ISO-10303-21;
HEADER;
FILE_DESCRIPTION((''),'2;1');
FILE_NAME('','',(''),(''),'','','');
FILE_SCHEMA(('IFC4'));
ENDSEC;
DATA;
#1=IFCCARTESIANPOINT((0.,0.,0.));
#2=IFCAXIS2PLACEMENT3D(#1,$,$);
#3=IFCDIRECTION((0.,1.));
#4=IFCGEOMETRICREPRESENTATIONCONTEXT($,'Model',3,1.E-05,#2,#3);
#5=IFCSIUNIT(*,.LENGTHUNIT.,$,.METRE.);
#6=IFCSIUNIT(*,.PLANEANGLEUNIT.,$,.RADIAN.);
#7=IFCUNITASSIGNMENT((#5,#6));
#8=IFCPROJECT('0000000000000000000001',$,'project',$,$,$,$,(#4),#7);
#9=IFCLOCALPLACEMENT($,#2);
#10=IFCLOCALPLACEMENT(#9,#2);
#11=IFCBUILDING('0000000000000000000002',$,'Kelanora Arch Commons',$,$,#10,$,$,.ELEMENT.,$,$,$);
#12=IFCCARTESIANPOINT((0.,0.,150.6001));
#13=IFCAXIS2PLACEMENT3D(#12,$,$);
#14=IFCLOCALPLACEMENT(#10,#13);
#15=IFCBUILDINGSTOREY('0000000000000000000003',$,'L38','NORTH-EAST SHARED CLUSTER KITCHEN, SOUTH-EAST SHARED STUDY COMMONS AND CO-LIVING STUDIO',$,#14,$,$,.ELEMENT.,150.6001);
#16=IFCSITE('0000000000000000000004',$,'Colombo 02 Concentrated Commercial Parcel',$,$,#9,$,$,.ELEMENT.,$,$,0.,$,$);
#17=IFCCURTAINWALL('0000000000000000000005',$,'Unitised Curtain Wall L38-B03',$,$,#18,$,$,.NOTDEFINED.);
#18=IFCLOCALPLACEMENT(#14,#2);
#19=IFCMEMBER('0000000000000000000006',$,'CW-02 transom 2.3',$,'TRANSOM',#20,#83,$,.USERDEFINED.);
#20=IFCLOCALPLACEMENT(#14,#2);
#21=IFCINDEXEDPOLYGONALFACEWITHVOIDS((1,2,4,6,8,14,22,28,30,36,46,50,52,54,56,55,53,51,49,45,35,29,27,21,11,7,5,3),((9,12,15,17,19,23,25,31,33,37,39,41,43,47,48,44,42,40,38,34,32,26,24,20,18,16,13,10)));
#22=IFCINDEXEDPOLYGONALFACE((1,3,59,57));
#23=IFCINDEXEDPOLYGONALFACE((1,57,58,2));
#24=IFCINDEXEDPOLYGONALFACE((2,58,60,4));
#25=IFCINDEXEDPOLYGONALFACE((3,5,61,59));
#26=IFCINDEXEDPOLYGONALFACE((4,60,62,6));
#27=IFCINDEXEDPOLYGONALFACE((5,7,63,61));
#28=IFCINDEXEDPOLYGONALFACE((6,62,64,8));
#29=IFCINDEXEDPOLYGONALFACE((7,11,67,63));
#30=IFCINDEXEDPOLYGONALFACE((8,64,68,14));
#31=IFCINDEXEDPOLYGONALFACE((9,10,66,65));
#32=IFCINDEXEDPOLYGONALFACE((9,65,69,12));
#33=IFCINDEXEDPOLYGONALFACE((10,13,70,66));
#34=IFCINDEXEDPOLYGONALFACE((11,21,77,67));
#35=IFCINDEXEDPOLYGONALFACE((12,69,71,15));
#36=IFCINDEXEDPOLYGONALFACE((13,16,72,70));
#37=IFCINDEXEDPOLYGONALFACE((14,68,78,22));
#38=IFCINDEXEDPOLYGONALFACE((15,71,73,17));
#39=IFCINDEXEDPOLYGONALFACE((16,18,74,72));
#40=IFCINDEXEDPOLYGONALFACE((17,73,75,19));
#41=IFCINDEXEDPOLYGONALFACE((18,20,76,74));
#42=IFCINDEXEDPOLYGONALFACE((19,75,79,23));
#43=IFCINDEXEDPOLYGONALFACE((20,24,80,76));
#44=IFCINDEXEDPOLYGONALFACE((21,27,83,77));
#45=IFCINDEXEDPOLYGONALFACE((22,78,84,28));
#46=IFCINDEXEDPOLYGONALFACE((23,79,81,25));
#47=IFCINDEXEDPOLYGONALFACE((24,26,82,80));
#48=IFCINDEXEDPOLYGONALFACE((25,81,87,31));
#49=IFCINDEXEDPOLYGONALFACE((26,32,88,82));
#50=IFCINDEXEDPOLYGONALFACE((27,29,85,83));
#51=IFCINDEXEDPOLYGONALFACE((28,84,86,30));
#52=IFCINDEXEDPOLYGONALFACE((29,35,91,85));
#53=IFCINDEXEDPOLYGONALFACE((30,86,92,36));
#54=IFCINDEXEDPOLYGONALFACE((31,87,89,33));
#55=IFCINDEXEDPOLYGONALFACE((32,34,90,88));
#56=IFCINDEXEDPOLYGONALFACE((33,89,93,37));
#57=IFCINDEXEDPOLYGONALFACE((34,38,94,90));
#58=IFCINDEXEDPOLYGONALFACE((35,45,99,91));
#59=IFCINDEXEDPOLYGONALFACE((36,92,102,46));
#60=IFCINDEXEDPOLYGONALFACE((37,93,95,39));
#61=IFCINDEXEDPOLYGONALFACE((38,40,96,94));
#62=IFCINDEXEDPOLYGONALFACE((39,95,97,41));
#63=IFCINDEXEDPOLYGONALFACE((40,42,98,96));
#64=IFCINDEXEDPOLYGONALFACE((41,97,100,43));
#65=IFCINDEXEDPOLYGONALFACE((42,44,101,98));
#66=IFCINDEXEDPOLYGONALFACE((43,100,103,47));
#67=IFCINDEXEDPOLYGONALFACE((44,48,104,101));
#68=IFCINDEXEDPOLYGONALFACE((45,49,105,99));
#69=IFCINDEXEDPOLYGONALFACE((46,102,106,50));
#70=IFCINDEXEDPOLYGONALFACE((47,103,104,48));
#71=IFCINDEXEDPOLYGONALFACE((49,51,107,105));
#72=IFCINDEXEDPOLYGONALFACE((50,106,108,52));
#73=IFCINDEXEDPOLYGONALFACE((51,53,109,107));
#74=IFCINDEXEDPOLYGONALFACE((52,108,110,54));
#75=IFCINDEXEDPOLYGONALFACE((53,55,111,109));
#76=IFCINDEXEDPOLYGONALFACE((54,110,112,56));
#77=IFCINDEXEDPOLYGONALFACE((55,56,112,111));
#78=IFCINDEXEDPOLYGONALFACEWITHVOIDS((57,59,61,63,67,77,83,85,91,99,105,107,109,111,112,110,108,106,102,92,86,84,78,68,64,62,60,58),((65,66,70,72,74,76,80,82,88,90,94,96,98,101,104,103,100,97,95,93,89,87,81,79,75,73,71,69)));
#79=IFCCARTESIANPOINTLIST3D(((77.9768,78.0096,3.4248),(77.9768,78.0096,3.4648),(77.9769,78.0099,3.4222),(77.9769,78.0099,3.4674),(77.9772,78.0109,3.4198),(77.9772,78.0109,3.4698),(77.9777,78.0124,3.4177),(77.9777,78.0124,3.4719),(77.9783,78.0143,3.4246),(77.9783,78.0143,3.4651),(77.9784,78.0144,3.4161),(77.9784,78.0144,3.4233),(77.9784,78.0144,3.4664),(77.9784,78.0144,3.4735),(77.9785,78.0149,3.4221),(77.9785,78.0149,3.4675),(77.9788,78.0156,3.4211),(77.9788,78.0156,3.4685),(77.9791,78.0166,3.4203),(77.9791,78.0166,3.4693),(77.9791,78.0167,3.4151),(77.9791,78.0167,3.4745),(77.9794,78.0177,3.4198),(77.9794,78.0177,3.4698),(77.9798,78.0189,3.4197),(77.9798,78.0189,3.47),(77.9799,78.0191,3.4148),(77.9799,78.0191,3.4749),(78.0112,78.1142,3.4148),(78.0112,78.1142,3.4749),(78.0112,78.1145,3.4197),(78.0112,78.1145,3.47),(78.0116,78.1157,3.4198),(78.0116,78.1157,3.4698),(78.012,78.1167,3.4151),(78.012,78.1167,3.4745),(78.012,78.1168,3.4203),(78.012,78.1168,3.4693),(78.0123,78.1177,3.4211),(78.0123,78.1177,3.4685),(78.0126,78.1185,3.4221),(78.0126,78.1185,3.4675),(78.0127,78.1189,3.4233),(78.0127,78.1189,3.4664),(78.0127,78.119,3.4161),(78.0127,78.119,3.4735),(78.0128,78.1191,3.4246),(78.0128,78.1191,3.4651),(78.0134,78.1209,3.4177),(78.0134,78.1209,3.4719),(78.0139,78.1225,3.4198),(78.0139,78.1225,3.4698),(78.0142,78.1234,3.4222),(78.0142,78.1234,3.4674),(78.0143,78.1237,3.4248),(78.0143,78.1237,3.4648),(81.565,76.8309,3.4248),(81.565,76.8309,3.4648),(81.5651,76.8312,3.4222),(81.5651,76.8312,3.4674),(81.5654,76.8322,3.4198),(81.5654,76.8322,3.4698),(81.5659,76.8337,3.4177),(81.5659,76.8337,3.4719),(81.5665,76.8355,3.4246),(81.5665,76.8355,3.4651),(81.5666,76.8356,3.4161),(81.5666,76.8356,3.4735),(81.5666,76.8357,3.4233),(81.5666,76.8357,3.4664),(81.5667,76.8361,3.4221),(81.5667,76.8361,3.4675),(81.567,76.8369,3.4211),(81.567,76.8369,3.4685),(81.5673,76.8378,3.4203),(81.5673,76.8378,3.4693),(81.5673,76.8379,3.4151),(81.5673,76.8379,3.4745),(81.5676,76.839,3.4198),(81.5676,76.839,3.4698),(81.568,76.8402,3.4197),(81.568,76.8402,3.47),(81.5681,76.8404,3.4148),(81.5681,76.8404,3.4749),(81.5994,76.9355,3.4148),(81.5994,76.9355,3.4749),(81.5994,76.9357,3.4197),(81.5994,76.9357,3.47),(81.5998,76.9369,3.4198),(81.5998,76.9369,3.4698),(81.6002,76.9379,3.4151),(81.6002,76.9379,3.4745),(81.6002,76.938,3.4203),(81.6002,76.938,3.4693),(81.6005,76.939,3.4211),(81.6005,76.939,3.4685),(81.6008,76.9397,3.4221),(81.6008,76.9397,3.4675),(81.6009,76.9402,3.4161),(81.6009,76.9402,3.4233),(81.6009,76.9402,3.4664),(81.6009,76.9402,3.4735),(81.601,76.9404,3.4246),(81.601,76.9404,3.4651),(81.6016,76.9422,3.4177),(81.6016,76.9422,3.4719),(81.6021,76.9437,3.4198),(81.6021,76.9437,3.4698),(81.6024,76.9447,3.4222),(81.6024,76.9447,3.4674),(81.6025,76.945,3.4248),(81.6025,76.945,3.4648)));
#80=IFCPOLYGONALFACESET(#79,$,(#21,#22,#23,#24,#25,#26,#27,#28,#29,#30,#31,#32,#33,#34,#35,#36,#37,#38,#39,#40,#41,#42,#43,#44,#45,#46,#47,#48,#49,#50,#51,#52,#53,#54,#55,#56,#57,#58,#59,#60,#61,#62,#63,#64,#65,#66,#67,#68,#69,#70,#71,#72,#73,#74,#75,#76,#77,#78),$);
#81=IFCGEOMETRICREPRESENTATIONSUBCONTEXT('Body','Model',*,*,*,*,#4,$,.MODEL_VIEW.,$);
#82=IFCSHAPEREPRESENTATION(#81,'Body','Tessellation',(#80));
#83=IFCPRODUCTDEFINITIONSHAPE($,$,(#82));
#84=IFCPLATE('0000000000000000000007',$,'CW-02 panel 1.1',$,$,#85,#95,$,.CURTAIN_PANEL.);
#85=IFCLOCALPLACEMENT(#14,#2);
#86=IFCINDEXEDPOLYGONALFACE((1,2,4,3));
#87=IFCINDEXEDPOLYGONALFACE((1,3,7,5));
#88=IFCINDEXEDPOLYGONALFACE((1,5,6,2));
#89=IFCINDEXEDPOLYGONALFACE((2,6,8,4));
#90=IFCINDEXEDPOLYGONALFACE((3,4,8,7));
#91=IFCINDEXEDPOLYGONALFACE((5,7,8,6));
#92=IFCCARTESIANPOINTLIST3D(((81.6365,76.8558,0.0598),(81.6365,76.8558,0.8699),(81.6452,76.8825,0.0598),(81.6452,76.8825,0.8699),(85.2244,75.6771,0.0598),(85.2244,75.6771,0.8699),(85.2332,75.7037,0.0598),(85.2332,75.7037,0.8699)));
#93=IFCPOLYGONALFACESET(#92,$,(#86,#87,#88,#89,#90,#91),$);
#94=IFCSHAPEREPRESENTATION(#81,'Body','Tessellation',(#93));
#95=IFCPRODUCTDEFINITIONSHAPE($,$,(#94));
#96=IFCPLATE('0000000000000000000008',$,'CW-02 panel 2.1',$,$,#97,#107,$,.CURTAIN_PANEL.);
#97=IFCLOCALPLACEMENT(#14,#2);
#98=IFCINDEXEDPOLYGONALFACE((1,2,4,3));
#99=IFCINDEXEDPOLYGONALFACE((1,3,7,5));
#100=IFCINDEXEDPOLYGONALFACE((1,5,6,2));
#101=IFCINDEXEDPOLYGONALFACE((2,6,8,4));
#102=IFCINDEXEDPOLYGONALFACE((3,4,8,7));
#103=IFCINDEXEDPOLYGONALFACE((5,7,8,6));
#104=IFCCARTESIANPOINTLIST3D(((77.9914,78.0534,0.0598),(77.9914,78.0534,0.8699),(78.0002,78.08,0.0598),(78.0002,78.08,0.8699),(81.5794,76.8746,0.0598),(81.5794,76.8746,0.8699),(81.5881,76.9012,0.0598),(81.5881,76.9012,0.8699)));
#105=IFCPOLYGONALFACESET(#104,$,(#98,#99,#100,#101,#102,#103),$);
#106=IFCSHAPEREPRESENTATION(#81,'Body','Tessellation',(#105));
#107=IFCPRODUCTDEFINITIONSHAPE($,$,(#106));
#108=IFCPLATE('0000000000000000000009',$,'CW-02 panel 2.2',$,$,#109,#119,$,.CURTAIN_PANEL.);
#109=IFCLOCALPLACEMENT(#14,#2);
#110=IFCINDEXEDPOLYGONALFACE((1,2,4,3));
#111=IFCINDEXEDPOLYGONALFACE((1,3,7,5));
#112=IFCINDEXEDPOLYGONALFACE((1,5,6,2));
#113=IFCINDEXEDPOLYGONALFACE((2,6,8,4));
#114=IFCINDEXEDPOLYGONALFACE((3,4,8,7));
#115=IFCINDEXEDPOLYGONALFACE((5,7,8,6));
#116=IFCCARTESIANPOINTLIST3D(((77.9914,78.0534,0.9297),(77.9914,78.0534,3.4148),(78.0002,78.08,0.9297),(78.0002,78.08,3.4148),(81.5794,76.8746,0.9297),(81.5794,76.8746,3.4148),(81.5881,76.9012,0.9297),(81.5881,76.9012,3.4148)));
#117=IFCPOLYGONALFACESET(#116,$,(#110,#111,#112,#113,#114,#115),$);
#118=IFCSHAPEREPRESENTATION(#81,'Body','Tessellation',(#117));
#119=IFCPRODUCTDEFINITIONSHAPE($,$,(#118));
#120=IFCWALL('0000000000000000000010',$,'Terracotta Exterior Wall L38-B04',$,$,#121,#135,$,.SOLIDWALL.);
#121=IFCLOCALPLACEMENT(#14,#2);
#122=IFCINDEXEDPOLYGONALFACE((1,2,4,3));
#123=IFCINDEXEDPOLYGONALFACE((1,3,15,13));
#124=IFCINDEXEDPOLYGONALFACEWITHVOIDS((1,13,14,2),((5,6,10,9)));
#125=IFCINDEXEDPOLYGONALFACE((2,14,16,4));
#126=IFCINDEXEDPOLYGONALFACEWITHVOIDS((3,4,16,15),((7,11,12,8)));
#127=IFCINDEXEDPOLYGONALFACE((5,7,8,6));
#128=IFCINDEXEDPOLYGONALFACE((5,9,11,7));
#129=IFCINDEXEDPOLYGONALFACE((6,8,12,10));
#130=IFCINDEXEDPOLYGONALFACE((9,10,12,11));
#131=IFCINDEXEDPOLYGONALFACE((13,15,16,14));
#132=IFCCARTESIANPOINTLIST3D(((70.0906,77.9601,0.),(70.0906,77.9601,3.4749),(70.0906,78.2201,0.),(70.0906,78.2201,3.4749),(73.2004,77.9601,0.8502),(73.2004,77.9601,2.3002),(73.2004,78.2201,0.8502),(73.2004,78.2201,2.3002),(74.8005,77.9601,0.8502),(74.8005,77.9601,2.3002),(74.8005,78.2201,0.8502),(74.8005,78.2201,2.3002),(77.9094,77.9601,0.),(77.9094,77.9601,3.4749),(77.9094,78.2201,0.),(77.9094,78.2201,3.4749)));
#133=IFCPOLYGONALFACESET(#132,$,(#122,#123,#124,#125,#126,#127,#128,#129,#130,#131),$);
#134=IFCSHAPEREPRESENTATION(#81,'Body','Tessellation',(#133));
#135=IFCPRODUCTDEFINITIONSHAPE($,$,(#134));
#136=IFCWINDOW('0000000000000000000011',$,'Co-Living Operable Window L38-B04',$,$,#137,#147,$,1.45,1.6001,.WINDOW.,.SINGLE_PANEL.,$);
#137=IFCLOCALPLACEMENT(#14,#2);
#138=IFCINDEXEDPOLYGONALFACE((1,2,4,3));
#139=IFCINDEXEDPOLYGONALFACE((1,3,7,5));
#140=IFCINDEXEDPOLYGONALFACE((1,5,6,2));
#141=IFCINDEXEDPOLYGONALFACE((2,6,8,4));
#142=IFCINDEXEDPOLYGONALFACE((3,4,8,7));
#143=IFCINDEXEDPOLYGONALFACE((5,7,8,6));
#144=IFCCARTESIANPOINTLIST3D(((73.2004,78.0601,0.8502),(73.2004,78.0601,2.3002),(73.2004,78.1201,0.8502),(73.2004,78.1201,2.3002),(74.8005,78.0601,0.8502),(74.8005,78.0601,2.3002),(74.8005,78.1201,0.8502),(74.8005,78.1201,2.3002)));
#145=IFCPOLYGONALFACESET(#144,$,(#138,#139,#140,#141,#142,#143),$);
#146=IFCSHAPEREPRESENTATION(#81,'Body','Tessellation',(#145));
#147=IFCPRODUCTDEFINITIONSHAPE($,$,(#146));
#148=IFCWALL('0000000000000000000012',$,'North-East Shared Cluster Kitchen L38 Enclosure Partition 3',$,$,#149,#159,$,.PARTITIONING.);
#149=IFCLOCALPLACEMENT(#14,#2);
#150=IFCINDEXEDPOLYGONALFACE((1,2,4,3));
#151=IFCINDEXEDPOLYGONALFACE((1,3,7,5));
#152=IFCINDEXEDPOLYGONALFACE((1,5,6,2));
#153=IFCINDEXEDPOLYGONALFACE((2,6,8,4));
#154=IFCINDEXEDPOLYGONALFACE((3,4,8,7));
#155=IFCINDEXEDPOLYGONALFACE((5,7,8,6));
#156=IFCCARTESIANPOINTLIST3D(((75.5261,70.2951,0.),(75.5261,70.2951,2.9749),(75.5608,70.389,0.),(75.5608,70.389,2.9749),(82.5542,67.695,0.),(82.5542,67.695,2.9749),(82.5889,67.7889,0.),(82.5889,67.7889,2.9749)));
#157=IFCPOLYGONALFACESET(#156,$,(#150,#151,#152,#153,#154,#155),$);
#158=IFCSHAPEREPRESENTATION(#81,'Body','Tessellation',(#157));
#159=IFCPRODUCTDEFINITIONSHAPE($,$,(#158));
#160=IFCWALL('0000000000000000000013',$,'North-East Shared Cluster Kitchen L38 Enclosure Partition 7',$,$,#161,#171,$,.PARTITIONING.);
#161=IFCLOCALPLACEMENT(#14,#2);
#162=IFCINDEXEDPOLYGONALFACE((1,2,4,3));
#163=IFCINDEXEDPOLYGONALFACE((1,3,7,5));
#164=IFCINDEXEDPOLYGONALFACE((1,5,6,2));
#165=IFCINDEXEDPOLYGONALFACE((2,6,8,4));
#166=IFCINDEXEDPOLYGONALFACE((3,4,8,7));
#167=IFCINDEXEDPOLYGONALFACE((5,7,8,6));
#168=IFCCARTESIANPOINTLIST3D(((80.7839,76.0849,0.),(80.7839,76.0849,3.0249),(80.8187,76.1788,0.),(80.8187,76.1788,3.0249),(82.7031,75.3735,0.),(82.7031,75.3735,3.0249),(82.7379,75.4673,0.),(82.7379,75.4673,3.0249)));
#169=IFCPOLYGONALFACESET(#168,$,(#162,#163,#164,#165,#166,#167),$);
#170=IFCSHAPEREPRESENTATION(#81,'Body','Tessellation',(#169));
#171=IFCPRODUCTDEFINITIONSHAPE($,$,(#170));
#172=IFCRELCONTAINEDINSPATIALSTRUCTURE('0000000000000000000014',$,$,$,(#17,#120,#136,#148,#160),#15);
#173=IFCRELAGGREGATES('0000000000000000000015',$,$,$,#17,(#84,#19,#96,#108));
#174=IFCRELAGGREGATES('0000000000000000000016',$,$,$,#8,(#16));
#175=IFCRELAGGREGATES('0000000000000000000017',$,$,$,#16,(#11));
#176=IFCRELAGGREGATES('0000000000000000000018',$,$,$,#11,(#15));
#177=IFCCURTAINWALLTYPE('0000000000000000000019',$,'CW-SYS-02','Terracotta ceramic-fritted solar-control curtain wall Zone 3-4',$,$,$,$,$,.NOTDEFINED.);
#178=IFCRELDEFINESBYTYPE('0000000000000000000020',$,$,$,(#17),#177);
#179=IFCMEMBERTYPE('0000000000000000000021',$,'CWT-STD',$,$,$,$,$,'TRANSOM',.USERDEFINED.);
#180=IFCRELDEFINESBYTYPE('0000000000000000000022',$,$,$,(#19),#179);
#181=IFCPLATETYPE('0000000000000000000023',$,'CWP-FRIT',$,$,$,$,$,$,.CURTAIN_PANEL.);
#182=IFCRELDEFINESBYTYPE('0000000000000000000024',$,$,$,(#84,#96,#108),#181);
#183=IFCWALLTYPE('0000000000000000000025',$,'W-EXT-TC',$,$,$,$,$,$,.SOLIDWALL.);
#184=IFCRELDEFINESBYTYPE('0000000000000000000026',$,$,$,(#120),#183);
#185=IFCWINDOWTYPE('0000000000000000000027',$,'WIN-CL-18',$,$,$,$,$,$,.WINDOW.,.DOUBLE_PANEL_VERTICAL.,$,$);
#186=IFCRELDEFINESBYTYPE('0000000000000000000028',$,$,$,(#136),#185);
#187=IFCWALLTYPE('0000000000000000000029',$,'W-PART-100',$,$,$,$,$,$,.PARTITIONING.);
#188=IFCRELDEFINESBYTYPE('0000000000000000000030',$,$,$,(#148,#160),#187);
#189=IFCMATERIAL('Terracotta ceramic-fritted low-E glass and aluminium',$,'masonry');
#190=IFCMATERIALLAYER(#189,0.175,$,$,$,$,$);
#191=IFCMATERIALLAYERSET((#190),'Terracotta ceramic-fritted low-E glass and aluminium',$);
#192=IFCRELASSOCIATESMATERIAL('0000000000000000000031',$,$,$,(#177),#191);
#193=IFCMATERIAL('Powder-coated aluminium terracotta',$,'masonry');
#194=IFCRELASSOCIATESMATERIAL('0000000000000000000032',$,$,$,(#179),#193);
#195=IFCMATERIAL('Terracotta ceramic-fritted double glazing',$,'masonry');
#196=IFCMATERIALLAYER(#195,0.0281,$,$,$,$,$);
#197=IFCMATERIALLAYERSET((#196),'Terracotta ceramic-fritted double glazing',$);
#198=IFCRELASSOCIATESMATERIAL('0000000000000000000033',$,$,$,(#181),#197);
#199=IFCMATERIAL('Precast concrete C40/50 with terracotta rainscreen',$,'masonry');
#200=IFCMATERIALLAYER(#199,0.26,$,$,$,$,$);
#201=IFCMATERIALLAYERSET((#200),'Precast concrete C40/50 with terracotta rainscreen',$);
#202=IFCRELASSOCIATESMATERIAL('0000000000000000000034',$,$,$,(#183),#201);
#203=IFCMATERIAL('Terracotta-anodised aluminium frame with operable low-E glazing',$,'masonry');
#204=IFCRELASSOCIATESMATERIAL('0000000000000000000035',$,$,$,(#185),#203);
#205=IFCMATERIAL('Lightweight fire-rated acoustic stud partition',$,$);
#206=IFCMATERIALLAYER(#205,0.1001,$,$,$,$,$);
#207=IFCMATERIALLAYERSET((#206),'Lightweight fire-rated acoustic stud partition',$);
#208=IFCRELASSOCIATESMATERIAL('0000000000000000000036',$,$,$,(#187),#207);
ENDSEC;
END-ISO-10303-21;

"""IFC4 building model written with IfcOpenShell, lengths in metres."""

from ifc_helpers import new_model, si_unit, direction, frame, frame_2d, origin, origin_2d, place, context, subcontext, project, spatial, rectangle, hollow_rectangle, extrude, source, transform, mapped, material, layer, layer_set, material_profile, profile_set, type_object, element, fill, aggregate, save


model = new_model("IFC4")

# Units and contexts
model_context = context("Model", 3, precision=1e-05, world=origin(), true_north=direction((0.0, 1.0)))
body_context = subcontext(model_context, "Body", "Model", "MODEL_VIEW")
ifc_project = project(units=[si_unit("LENGTHUNIT", "METRE"), si_unit("PLANEANGLEUNIT", "RADIAN")], contexts=[model_context])

# Site, building, storey
site_placement = place(None, origin())
site = spatial("IfcSite", under=ifc_project, at=site_placement, Name="Colombo 02 Concentrated Commercial Parcel", CompositionType="ELEMENT", RefElevation=0.0)
building_placement = place(site_placement, origin())
building = spatial("IfcBuilding", under=site, at=building_placement, Name="Kelanora Arch Commons", CompositionType="ELEMENT")
storey_placement = place(building_placement, frame((0.0, 0.0, 150.6001)))
storey = spatial("IfcBuildingStorey", under=building, at=storey_placement, Name="L38", Description="NORTH-EAST SHARED CLUSTER KITCHEN, SOUTH-EAST SHARED STUDY COMMONS AND CO-LIVING STUDIO", CompositionType="ELEMENT", Elevation=150.6001)

# Curtain wall, member, plates
ifc_material_1 = material(Name="Terracotta ceramic-fritted low-E glass and aluminium", Category="masonry")
ifc_layer_1 = layer(ifc_material_1, 0.175)
ifc_layer_set_1 = layer_set([ifc_layer_1], Name="Terracotta ceramic-fritted low-E glass and aluminium")
curtain_wall_type = type_object("IfcCurtainWallType", Name="CW-SYS-02", Description="Terracotta ceramic-fritted solar-control curtain wall Zone 3-4", PredefinedType="NOTDEFINED", material=ifc_layer_set_1)
curtain_wall_placement = place(storey_placement, origin())
curtain_wall = element("IfcCurtainWall", 1, at=curtain_wall_placement, inside=storey, type_object=curtain_wall_type, Name="Unitised Curtain Wall L38-B03", PredefinedType="NOTDEFINED")
ifc_material_2 = material(Name="Powder-coated aluminium terracotta", Category="masonry")
ifc_material_profile_1 = material_profile(ifc_material_2, hollow_rectangle(XDim=0.1201, YDim=0.0601, WallThickness=0.0049, InnerFilletRadius=0.0049, OuterFilletRadius=0.01, at=origin_2d()), Name="CWT120x60")
ifc_profile_set_1 = profile_set([ifc_material_profile_1], Name="Powder-coated aluminium terracotta")
member_type_1 = type_object("IfcMemberType", Name="CWT-STD", ElementType="TRANSOM", PredefinedType="USERDEFINED", material=ifc_profile_set_1)
member_1_placement = place(storey_placement, frame((81.5837, 76.8879, 3.4448), z_axis=(-0.950051, 0.312094, 0.0), x_axis=(-0.312094, -0.950051, 0.0)))
member_1 = element("IfcMember", 2, at=member_1_placement, type_object=member_type_1, Name="CW-02 transom 2.3", ObjectType="TRANSOM", PredefinedType="USERDEFINED", context=body_context, shape_type="SweptSolid", body=[
    extrude(hollow_rectangle(XDim=0.1201, YDim=0.0601, WallThickness=0.0049, InnerFilletRadius=0.0049, OuterFilletRadius=0.01, at=origin_2d()), origin(), (0.0, 0.0, 1.0), 3.7769),
])
ifc_material_3 = material(Name="Terracotta ceramic-fritted double glazing", Category="masonry")
ifc_layer_2 = layer(ifc_material_3, 0.0281)
ifc_layer_set_2 = layer_set([ifc_layer_2], Name="Terracotta ceramic-fritted double glazing")
plate_type = type_object("IfcPlateType", Name="CWP-FRIT", PredefinedType="CURTAIN_PANEL", material=ifc_layer_set_2)
shared_shape_1 = source(origin(), body_context, "Body", "SweptSolid", [
    extrude(rectangle(XDim=3.7766, YDim=0.0281, at=origin_2d()), origin(), (0.0, 0.0, 1.0), 0.8101),
])
plate_1_placement = place(storey_placement, frame((83.4348, 76.2798, 0.0598), z_axis=(0.0, 0.0, 1.0), x_axis=(-0.95004, 0.312128, 0.0)))
plate_1 = element("IfcPlate", 3, at=plate_1_placement, type_object=plate_type, Name="CW-02 panel 1.1", PredefinedType="CURTAIN_PANEL", context=body_context, shape_type="MappedRepresentation", body=[
    mapped(shared_shape_1, transform((0.0, 0.0, 0.0), scale=1.0)),
])
plate_2_placement = place(storey_placement, frame((79.7898, 77.4773, 0.0598), z_axis=(0.0, 0.0, 1.0), x_axis=(-0.95004, 0.312128, 0.0)))
plate_2 = element("IfcPlate", 4, at=plate_2_placement, type_object=plate_type, Name="CW-02 panel 2.1", PredefinedType="CURTAIN_PANEL", context=body_context, shape_type="MappedRepresentation", body=[
    mapped(shared_shape_1, transform((0.0, 0.0, 0.0), scale=1.0)),
])
shared_shape_2 = source(origin(), body_context, "Body", "SweptSolid", [
    extrude(rectangle(XDim=3.7766, YDim=0.0281, at=origin_2d()), origin(), (0.0, 0.0, 1.0), 2.4851),
])
plate_3_placement = place(storey_placement, frame((79.7898, 77.4773, 0.9297), z_axis=(0.0, 0.0, 1.0), x_axis=(-0.95004, 0.312128, 0.0)))
plate_3 = element("IfcPlate", 5, at=plate_3_placement, type_object=plate_type, Name="CW-02 panel 2.2", PredefinedType="CURTAIN_PANEL", context=body_context, shape_type="MappedRepresentation", body=[
    mapped(shared_shape_2, transform((0.0, 0.0, 0.0), scale=1.0)),
])
aggregate(curtain_wall, [plate_1, member_1, plate_2, plate_3])

# Wall, opening, window
ifc_material_4 = material(Name="Precast concrete C40/50 with terracotta rainscreen", Category="masonry")
ifc_layer_3 = layer(ifc_material_4, 0.26)
ifc_layer_set_3 = layer_set([ifc_layer_3], Name="Precast concrete C40/50 with terracotta rainscreen")
wall_type_1 = type_object("IfcWallType", Name="W-EXT-TC", PredefinedType="SOLIDWALL", material=ifc_layer_set_3)
wall_1_placement = place(storey_placement, frame((77.9094, 78.0901, 0.0), z_axis=(0.0, 0.0, 1.0), x_axis=(-1.0, 0.0, 0.0)))
wall_1 = element("IfcWall", 6, at=wall_1_placement, inside=storey, type_object=wall_type_1, Name="Terracotta Exterior Wall L38-B04", PredefinedType="SOLIDWALL", context=body_context, shape_type="SweptSolid", body=[
    extrude(rectangle(XDim=7.8188, YDim=0.26, at=frame_2d((3.9094, 0.0))), origin(), (0.0, 0.0, 1.0), 3.4749),
])
opening_1_placement = place(wall_1_placement, frame((3.1089, 0.0, 0.8501)))
opening_1 = element("IfcOpeningElement", 7, at=opening_1_placement, cuts=wall_1, PredefinedType="OPENING", context=body_context, shape_type="SweptSolid", body=[
    extrude(rectangle(XDim=1.6001, YDim=1.45, at=frame_2d((0.8, 0.7251))), frame((0.0, 0.1401, 0.0), z_axis=(0.0, -1.0, 0.0), x_axis=(1.0, 0.0, 0.0)), (0.0, 0.0, 1.0), 0.28),
])
ifc_material_5 = material(Name="Terracotta-anodised aluminium frame with operable low-E glazing", Category="masonry")
window_type = type_object("IfcWindowType", Name="WIN-CL-18", PartitioningType="DOUBLE_PANEL_VERTICAL", PredefinedType="WINDOW", material=ifc_material_5)
window_placement = place(opening_1_placement, origin())
window = element("IfcWindow", 8, at=window_placement, inside=storey, type_object=window_type, Name="Co-Living Operable Window L38-B04", OverallHeight=1.45, OverallWidth=1.6001, PartitioningType="SINGLE_PANEL", PredefinedType="WINDOW", context=body_context, shape_type="SweptSolid", body=[
    extrude(rectangle(XDim=1.6001, YDim=1.45, at=frame_2d((0.8, 0.7251))), frame((0.0, 0.03, 0.0), z_axis=(0.0, -1.0, 0.0), x_axis=(1.0, 0.0, 0.0)), (0.0, 0.0, 1.0), 0.0601),
])
fill(opening_1, window)

# Walls
ifc_material_6 = material(Name="Lightweight fire-rated acoustic stud partition")
ifc_layer_4 = layer(ifc_material_6, 0.1001)
ifc_layer_set_4 = layer_set([ifc_layer_4], Name="Lightweight fire-rated acoustic stud partition")
wall_type_2 = type_object("IfcWallType", Name="W-PART-100", PredefinedType="PARTITIONING", material=ifc_layer_set_4)
wall_2_placement = place(storey_placement, frame((82.5715, 67.7419, 0.0), z_axis=(0.0, 0.0, 1.0), x_axis=(-0.937874, 0.346975, 0.0)))
element("IfcWall", 9, at=wall_2_placement, inside=storey, type_object=wall_type_2, Name="North-East Shared Cluster Kitchen L38 Enclosure Partition 3", PredefinedType="PARTITIONING", context=body_context, shape_type="SweptSolid", body=[
    extrude(rectangle(XDim=7.4937, YDim=0.1001, at=frame_2d((3.7468, 0.0))), origin(), (0.0, 0.0, 1.0), 2.9749),
])
wall_3_placement = place(storey_placement, frame((80.8013, 76.1318, 0.0), z_axis=(0.0, 0.0, 1.0), x_axis=(0.937651, -0.347579, 0.0)))
element("IfcWall", 10, at=wall_3_placement, inside=storey, type_object=wall_type_2, Name="North-East Shared Cluster Kitchen L38 Enclosure Partition 7", PredefinedType="PARTITIONING", context=body_context, shape_type="SweptSolid", body=[
    extrude(rectangle(XDim=2.0469, YDim=0.1001, at=frame_2d((1.0234, 0.0))), origin(), (0.0, 0.0, 1.0), 3.0249),
])

save(model, "model.ifc")
